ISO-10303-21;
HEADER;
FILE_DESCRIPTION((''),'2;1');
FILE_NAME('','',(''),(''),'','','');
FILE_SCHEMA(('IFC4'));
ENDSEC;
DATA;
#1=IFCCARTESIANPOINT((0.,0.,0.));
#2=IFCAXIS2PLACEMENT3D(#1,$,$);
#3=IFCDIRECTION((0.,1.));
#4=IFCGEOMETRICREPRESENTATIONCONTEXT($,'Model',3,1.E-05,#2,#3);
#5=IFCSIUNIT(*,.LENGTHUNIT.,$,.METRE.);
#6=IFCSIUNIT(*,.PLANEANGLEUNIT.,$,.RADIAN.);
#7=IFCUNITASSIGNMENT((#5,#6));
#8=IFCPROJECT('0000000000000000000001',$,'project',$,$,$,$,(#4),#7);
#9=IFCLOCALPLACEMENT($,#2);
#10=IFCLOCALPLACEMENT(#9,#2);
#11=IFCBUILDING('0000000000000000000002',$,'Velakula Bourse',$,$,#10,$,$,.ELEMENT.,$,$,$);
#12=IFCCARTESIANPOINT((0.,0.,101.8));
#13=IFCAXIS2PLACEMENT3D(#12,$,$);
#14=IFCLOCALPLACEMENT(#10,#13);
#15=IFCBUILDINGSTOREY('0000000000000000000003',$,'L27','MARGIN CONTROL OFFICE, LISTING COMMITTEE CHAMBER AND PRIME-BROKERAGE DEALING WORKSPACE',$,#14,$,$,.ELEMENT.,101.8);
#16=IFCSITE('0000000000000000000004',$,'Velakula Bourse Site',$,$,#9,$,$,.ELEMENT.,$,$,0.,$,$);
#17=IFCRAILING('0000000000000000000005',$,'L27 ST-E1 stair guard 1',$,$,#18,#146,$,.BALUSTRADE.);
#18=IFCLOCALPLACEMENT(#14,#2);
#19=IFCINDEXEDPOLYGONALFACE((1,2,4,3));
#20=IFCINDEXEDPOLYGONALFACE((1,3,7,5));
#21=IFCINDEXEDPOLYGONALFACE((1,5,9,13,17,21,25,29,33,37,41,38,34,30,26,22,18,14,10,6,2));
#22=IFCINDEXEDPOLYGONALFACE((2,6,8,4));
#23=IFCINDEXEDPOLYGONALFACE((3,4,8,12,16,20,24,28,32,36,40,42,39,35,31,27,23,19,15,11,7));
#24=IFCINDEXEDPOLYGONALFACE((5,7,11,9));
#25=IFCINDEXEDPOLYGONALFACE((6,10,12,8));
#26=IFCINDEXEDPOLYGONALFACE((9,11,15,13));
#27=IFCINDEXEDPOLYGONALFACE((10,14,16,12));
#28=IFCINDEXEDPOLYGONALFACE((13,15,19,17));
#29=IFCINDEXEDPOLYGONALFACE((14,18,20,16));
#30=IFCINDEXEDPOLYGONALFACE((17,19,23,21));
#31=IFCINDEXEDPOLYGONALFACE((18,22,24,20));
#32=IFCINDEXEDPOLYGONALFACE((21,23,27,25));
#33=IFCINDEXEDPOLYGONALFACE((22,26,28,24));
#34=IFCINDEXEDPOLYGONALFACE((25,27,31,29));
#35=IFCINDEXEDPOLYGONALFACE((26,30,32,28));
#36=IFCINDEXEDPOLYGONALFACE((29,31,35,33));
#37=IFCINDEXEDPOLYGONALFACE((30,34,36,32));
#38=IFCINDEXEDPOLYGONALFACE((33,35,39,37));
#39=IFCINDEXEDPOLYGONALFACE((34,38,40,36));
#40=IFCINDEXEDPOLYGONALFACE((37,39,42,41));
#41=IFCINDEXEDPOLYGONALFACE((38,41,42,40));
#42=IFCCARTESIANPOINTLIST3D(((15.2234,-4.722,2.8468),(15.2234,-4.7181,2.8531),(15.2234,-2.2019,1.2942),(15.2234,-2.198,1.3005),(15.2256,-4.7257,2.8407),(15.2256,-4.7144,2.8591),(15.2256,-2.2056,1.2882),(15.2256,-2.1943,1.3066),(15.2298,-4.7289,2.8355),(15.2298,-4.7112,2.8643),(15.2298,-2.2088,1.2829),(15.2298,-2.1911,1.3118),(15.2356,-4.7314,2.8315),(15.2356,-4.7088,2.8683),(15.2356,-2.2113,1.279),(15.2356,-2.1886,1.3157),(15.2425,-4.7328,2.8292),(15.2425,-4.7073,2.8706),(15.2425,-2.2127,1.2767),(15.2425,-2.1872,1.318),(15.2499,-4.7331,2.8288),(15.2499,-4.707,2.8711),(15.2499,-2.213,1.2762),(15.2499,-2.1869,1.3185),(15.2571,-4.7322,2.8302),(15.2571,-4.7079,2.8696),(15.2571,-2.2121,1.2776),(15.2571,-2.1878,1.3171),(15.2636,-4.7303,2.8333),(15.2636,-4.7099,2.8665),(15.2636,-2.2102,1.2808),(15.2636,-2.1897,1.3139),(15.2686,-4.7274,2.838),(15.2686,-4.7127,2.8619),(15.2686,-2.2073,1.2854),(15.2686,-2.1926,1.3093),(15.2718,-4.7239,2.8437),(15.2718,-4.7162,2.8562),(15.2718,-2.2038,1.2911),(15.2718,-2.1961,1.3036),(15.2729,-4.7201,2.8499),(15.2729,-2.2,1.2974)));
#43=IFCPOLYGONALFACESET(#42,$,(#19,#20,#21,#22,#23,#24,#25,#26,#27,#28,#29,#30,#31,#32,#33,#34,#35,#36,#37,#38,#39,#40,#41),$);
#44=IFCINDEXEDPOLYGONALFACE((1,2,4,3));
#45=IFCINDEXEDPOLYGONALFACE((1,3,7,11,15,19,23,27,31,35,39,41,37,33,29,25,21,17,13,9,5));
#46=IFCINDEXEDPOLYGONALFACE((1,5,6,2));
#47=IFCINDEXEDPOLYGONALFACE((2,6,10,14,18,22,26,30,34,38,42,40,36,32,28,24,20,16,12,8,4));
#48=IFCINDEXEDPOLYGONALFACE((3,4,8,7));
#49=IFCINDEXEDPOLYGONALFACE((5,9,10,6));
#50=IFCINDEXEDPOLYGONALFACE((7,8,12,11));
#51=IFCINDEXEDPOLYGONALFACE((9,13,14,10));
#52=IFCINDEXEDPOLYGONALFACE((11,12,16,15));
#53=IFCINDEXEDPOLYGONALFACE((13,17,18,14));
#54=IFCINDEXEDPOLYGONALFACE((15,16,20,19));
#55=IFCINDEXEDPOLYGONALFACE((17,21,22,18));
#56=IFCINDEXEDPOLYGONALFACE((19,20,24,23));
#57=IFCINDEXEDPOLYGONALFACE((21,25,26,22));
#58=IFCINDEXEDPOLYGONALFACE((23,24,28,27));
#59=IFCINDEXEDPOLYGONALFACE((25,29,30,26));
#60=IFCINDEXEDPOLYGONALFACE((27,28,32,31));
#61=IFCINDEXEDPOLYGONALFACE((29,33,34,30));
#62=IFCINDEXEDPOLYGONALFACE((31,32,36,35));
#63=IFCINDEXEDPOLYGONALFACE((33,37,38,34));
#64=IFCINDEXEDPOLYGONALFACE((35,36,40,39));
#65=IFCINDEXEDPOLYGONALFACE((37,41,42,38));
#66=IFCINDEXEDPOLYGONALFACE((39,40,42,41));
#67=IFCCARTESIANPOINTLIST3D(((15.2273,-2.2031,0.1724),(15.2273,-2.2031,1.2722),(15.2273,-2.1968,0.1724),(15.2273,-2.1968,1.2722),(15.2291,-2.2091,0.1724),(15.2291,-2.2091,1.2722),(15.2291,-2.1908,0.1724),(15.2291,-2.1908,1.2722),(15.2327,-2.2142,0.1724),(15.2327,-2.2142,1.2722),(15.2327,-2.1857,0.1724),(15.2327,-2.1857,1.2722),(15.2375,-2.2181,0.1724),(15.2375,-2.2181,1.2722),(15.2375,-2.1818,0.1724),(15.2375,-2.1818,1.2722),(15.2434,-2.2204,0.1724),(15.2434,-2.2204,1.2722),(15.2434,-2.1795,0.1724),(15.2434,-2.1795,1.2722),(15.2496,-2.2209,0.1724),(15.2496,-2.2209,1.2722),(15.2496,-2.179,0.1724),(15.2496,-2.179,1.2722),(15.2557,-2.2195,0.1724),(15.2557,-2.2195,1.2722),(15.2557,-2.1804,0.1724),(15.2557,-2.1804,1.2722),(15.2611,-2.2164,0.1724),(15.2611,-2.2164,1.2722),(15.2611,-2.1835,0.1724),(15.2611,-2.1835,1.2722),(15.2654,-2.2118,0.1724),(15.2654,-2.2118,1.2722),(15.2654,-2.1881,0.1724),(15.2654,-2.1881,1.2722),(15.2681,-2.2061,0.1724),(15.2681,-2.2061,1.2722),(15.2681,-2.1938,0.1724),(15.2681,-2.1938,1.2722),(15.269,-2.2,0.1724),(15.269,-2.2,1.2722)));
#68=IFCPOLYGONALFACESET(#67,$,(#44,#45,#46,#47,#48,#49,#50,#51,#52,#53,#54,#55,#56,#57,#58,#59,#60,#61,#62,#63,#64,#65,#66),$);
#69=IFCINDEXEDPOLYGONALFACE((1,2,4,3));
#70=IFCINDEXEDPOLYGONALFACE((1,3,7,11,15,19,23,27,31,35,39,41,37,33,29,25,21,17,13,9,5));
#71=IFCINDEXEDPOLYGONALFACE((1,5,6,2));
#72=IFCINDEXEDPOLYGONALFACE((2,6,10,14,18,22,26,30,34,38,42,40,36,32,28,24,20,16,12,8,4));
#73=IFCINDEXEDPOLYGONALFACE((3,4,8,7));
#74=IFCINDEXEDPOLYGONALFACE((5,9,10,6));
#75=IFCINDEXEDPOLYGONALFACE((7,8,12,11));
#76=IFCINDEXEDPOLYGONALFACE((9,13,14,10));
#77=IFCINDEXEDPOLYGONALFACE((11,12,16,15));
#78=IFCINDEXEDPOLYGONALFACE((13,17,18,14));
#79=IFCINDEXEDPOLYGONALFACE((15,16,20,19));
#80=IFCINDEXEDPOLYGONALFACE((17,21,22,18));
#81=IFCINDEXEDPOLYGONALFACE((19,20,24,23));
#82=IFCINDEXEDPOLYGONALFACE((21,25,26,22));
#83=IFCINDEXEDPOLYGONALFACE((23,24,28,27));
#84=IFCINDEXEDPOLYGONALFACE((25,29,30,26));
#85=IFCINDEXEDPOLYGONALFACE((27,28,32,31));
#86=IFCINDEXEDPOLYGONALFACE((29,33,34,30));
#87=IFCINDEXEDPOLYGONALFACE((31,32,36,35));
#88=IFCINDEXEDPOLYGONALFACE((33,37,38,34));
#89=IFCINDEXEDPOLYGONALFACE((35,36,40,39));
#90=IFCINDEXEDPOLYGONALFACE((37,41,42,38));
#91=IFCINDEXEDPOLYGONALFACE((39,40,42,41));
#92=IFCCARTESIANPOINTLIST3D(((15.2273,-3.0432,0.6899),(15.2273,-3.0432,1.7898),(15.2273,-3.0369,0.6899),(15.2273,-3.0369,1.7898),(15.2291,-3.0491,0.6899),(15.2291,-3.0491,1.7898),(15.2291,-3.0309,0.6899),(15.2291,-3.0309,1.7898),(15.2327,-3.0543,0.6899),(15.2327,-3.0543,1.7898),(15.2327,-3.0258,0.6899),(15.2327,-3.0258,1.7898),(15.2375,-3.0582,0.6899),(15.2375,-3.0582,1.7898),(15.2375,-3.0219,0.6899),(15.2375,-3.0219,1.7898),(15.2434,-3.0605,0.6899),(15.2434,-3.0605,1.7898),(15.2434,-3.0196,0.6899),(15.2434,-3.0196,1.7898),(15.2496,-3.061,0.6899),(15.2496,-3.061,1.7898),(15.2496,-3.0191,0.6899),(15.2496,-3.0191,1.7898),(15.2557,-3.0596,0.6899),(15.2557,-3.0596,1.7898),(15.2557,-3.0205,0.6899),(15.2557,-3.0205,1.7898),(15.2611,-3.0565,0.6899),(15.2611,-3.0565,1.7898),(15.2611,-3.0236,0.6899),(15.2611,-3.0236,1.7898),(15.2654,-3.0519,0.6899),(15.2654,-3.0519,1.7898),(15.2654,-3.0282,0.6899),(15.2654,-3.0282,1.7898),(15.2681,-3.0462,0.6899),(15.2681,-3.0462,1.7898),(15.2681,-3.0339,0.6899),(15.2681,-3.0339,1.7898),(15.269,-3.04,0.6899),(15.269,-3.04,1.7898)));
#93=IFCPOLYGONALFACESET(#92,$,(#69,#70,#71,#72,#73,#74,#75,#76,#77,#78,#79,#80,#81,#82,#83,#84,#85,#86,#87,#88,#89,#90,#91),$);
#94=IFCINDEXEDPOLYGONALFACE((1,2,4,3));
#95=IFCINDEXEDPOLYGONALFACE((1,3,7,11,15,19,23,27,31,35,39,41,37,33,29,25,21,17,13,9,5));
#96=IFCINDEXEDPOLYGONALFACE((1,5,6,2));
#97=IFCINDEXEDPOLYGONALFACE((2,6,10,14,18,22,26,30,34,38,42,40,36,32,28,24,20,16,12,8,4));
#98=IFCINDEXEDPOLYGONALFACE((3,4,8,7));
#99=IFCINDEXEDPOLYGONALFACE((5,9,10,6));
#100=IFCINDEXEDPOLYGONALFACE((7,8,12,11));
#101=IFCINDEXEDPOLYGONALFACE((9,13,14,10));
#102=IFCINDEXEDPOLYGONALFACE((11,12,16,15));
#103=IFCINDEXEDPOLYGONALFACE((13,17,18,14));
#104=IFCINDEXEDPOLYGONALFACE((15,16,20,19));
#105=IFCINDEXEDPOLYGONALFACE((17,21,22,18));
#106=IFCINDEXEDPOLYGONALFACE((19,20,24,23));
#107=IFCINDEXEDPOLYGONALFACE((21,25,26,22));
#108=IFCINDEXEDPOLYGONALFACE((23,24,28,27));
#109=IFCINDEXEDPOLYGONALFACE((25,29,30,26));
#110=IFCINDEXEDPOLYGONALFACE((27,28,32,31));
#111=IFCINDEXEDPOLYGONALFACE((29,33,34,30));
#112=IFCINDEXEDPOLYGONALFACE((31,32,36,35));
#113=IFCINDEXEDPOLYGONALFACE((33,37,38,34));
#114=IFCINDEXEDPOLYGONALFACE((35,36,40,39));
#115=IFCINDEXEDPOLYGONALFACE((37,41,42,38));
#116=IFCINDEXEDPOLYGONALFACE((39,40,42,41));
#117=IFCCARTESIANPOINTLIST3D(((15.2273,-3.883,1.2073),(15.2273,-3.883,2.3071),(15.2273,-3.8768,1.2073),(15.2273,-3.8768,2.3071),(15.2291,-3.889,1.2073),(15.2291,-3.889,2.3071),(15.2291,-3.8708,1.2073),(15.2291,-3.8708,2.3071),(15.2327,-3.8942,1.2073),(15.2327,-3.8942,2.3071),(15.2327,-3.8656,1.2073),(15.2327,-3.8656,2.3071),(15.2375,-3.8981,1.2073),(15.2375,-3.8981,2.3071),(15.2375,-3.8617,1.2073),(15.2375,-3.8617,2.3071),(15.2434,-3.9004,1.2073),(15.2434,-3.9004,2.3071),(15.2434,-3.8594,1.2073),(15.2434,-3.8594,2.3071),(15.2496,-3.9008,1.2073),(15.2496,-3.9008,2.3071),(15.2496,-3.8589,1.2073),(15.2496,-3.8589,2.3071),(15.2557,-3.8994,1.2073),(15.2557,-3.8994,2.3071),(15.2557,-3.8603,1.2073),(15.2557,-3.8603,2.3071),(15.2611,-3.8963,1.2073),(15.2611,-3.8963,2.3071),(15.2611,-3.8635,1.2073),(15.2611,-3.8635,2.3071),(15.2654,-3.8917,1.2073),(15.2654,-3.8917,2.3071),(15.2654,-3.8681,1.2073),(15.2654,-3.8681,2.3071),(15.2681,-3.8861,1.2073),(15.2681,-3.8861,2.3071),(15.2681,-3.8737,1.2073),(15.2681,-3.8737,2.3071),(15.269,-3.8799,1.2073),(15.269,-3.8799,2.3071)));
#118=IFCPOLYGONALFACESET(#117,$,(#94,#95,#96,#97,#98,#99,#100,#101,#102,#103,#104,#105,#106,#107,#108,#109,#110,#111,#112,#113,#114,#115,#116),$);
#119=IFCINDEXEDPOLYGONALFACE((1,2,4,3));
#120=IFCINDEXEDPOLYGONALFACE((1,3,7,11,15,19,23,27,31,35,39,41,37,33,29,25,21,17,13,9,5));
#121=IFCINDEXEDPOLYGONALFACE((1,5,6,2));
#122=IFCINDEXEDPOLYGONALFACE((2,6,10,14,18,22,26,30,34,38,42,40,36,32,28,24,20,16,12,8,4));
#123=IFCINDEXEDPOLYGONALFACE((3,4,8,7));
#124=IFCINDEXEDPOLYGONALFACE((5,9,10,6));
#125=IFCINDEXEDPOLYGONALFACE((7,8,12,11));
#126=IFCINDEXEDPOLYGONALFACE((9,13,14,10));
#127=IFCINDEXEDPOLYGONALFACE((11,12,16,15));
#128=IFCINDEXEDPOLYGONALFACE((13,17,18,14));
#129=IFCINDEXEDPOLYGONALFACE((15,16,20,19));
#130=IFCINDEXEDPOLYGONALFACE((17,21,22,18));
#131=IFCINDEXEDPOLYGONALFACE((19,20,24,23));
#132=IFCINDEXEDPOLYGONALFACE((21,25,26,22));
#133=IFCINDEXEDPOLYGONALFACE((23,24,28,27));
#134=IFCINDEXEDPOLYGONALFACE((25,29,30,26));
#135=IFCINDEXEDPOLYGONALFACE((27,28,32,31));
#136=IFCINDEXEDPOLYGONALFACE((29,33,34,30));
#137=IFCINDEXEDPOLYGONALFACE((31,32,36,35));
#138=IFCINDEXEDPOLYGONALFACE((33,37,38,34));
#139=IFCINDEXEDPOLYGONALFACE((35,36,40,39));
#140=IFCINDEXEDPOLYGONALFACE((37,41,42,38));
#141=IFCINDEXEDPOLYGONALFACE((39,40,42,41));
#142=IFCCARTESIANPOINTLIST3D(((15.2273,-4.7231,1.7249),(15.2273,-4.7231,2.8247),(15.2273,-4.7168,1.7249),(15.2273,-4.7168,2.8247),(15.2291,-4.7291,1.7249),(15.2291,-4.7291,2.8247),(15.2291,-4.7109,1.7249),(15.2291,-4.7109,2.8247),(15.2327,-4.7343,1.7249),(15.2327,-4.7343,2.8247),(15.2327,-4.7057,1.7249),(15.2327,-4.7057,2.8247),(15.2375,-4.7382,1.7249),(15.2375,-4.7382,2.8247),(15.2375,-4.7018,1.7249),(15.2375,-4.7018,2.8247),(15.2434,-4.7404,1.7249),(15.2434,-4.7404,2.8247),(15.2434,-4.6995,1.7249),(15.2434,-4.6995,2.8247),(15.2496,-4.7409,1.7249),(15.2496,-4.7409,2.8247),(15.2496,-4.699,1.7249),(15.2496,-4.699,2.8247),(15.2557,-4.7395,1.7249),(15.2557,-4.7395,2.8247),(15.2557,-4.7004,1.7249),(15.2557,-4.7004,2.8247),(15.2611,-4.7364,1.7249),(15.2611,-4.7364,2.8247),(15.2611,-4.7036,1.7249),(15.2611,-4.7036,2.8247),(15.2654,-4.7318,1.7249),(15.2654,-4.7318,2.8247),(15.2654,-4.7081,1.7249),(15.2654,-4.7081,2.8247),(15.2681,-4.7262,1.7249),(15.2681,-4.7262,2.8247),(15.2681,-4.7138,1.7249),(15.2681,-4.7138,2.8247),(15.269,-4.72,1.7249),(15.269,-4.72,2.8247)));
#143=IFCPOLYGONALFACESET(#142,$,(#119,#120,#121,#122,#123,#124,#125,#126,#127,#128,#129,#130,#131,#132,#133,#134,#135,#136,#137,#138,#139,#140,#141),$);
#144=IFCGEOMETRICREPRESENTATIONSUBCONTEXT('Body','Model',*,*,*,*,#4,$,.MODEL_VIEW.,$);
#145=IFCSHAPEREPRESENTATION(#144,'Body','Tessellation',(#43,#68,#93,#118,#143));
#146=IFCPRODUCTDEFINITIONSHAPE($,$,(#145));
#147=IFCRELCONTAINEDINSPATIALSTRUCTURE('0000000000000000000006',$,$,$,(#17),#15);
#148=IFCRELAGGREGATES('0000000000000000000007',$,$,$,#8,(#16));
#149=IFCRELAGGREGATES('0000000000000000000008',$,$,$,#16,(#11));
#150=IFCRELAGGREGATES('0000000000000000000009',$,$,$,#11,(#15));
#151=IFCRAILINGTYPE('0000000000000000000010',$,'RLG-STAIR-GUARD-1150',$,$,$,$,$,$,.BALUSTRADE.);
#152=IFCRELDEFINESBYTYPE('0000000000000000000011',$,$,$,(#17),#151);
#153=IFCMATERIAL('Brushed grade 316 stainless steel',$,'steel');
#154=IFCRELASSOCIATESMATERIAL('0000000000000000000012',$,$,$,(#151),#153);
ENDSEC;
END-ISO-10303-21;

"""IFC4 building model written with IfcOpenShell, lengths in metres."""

from ifc_helpers import new_model, si_unit, direction, frame, origin, origin_2d, place, context, subcontext, project, spatial, circle, extrude, material, type_object, element, save


model = new_model("IFC4")

# Units and contexts
model_context = context("Model", 3, precision=1e-05, world=origin(), true_north=direction((0.0, 1.0)))
body_context = subcontext(model_context, "Body", "Model", "MODEL_VIEW")
ifc_project = project(units=[si_unit("LENGTHUNIT", "METRE"), si_unit("PLANEANGLEUNIT", "RADIAN")], contexts=[model_context])

# Site, building, storey
site_placement = place(None, origin())
site = spatial("IfcSite", under=ifc_project, at=site_placement, Name="Velakula Bourse Site", CompositionType="ELEMENT", RefElevation=0.0)
building_placement = place(site_placement, origin())
building = spatial("IfcBuilding", under=site, at=building_placement, Name="Velakula Bourse", CompositionType="ELEMENT")
storey_placement = place(building_placement, frame((0.0, 0.0, 101.8)))
storey = spatial("IfcBuildingStorey", under=building, at=storey_placement, Name="L27", Description="MARGIN CONTROL OFFICE, LISTING COMMITTEE CHAMBER AND PRIME-BROKERAGE DEALING WORKSPACE", CompositionType="ELEMENT", Elevation=101.8)

# Shared definitions
ifc_material_1 = material(Name="Brushed grade 316 stainless steel", Category="steel")

# Railing
railing_type_1 = type_object("IfcRailingType", Name="RLG-STAIR-GUARD-1150", PredefinedType="BALUSTRADE", material=ifc_material_1)
railing_1_placement = place(storey_placement, frame((15.248, -2.2, 0.1724)))
element("IfcRailing", 1, at=railing_1_placement, inside=storey, type_object=railing_type_1, Name="L27 ST-E1 stair guard 1", PredefinedType="BALUSTRADE", context=body_context, shape_type="SweptSolid", body=[
    extrude(circle(Radius=0.0249, at=origin_2d()), frame((0.0, 0.0, 1.125), z_axis=(0.0, -0.8514, 0.524516), x_axis=(1.0, 0.0, 0.0)), (0.0, 0.0, 1.0), 2.96),
    extrude(circle(Radius=0.021, at=origin_2d()), origin(), (0.0, 0.0, 1.0), 1.0999),
    extrude(circle(Radius=0.021, at=origin_2d()), frame((0.0, -0.8401, 0.5176)), (0.0, 0.0, 1.0), 1.0999),
    extrude(circle(Radius=0.021, at=origin_2d()), frame((0.0, -1.6799, 1.0349)), (0.0, 0.0, 1.0), 1.0999),
    extrude(circle(Radius=0.021, at=origin_2d()), frame((0.0, -2.52, 1.5525)), (0.0, 0.0, 1.0), 1.0999),
])

save(model, "model.ifc")
